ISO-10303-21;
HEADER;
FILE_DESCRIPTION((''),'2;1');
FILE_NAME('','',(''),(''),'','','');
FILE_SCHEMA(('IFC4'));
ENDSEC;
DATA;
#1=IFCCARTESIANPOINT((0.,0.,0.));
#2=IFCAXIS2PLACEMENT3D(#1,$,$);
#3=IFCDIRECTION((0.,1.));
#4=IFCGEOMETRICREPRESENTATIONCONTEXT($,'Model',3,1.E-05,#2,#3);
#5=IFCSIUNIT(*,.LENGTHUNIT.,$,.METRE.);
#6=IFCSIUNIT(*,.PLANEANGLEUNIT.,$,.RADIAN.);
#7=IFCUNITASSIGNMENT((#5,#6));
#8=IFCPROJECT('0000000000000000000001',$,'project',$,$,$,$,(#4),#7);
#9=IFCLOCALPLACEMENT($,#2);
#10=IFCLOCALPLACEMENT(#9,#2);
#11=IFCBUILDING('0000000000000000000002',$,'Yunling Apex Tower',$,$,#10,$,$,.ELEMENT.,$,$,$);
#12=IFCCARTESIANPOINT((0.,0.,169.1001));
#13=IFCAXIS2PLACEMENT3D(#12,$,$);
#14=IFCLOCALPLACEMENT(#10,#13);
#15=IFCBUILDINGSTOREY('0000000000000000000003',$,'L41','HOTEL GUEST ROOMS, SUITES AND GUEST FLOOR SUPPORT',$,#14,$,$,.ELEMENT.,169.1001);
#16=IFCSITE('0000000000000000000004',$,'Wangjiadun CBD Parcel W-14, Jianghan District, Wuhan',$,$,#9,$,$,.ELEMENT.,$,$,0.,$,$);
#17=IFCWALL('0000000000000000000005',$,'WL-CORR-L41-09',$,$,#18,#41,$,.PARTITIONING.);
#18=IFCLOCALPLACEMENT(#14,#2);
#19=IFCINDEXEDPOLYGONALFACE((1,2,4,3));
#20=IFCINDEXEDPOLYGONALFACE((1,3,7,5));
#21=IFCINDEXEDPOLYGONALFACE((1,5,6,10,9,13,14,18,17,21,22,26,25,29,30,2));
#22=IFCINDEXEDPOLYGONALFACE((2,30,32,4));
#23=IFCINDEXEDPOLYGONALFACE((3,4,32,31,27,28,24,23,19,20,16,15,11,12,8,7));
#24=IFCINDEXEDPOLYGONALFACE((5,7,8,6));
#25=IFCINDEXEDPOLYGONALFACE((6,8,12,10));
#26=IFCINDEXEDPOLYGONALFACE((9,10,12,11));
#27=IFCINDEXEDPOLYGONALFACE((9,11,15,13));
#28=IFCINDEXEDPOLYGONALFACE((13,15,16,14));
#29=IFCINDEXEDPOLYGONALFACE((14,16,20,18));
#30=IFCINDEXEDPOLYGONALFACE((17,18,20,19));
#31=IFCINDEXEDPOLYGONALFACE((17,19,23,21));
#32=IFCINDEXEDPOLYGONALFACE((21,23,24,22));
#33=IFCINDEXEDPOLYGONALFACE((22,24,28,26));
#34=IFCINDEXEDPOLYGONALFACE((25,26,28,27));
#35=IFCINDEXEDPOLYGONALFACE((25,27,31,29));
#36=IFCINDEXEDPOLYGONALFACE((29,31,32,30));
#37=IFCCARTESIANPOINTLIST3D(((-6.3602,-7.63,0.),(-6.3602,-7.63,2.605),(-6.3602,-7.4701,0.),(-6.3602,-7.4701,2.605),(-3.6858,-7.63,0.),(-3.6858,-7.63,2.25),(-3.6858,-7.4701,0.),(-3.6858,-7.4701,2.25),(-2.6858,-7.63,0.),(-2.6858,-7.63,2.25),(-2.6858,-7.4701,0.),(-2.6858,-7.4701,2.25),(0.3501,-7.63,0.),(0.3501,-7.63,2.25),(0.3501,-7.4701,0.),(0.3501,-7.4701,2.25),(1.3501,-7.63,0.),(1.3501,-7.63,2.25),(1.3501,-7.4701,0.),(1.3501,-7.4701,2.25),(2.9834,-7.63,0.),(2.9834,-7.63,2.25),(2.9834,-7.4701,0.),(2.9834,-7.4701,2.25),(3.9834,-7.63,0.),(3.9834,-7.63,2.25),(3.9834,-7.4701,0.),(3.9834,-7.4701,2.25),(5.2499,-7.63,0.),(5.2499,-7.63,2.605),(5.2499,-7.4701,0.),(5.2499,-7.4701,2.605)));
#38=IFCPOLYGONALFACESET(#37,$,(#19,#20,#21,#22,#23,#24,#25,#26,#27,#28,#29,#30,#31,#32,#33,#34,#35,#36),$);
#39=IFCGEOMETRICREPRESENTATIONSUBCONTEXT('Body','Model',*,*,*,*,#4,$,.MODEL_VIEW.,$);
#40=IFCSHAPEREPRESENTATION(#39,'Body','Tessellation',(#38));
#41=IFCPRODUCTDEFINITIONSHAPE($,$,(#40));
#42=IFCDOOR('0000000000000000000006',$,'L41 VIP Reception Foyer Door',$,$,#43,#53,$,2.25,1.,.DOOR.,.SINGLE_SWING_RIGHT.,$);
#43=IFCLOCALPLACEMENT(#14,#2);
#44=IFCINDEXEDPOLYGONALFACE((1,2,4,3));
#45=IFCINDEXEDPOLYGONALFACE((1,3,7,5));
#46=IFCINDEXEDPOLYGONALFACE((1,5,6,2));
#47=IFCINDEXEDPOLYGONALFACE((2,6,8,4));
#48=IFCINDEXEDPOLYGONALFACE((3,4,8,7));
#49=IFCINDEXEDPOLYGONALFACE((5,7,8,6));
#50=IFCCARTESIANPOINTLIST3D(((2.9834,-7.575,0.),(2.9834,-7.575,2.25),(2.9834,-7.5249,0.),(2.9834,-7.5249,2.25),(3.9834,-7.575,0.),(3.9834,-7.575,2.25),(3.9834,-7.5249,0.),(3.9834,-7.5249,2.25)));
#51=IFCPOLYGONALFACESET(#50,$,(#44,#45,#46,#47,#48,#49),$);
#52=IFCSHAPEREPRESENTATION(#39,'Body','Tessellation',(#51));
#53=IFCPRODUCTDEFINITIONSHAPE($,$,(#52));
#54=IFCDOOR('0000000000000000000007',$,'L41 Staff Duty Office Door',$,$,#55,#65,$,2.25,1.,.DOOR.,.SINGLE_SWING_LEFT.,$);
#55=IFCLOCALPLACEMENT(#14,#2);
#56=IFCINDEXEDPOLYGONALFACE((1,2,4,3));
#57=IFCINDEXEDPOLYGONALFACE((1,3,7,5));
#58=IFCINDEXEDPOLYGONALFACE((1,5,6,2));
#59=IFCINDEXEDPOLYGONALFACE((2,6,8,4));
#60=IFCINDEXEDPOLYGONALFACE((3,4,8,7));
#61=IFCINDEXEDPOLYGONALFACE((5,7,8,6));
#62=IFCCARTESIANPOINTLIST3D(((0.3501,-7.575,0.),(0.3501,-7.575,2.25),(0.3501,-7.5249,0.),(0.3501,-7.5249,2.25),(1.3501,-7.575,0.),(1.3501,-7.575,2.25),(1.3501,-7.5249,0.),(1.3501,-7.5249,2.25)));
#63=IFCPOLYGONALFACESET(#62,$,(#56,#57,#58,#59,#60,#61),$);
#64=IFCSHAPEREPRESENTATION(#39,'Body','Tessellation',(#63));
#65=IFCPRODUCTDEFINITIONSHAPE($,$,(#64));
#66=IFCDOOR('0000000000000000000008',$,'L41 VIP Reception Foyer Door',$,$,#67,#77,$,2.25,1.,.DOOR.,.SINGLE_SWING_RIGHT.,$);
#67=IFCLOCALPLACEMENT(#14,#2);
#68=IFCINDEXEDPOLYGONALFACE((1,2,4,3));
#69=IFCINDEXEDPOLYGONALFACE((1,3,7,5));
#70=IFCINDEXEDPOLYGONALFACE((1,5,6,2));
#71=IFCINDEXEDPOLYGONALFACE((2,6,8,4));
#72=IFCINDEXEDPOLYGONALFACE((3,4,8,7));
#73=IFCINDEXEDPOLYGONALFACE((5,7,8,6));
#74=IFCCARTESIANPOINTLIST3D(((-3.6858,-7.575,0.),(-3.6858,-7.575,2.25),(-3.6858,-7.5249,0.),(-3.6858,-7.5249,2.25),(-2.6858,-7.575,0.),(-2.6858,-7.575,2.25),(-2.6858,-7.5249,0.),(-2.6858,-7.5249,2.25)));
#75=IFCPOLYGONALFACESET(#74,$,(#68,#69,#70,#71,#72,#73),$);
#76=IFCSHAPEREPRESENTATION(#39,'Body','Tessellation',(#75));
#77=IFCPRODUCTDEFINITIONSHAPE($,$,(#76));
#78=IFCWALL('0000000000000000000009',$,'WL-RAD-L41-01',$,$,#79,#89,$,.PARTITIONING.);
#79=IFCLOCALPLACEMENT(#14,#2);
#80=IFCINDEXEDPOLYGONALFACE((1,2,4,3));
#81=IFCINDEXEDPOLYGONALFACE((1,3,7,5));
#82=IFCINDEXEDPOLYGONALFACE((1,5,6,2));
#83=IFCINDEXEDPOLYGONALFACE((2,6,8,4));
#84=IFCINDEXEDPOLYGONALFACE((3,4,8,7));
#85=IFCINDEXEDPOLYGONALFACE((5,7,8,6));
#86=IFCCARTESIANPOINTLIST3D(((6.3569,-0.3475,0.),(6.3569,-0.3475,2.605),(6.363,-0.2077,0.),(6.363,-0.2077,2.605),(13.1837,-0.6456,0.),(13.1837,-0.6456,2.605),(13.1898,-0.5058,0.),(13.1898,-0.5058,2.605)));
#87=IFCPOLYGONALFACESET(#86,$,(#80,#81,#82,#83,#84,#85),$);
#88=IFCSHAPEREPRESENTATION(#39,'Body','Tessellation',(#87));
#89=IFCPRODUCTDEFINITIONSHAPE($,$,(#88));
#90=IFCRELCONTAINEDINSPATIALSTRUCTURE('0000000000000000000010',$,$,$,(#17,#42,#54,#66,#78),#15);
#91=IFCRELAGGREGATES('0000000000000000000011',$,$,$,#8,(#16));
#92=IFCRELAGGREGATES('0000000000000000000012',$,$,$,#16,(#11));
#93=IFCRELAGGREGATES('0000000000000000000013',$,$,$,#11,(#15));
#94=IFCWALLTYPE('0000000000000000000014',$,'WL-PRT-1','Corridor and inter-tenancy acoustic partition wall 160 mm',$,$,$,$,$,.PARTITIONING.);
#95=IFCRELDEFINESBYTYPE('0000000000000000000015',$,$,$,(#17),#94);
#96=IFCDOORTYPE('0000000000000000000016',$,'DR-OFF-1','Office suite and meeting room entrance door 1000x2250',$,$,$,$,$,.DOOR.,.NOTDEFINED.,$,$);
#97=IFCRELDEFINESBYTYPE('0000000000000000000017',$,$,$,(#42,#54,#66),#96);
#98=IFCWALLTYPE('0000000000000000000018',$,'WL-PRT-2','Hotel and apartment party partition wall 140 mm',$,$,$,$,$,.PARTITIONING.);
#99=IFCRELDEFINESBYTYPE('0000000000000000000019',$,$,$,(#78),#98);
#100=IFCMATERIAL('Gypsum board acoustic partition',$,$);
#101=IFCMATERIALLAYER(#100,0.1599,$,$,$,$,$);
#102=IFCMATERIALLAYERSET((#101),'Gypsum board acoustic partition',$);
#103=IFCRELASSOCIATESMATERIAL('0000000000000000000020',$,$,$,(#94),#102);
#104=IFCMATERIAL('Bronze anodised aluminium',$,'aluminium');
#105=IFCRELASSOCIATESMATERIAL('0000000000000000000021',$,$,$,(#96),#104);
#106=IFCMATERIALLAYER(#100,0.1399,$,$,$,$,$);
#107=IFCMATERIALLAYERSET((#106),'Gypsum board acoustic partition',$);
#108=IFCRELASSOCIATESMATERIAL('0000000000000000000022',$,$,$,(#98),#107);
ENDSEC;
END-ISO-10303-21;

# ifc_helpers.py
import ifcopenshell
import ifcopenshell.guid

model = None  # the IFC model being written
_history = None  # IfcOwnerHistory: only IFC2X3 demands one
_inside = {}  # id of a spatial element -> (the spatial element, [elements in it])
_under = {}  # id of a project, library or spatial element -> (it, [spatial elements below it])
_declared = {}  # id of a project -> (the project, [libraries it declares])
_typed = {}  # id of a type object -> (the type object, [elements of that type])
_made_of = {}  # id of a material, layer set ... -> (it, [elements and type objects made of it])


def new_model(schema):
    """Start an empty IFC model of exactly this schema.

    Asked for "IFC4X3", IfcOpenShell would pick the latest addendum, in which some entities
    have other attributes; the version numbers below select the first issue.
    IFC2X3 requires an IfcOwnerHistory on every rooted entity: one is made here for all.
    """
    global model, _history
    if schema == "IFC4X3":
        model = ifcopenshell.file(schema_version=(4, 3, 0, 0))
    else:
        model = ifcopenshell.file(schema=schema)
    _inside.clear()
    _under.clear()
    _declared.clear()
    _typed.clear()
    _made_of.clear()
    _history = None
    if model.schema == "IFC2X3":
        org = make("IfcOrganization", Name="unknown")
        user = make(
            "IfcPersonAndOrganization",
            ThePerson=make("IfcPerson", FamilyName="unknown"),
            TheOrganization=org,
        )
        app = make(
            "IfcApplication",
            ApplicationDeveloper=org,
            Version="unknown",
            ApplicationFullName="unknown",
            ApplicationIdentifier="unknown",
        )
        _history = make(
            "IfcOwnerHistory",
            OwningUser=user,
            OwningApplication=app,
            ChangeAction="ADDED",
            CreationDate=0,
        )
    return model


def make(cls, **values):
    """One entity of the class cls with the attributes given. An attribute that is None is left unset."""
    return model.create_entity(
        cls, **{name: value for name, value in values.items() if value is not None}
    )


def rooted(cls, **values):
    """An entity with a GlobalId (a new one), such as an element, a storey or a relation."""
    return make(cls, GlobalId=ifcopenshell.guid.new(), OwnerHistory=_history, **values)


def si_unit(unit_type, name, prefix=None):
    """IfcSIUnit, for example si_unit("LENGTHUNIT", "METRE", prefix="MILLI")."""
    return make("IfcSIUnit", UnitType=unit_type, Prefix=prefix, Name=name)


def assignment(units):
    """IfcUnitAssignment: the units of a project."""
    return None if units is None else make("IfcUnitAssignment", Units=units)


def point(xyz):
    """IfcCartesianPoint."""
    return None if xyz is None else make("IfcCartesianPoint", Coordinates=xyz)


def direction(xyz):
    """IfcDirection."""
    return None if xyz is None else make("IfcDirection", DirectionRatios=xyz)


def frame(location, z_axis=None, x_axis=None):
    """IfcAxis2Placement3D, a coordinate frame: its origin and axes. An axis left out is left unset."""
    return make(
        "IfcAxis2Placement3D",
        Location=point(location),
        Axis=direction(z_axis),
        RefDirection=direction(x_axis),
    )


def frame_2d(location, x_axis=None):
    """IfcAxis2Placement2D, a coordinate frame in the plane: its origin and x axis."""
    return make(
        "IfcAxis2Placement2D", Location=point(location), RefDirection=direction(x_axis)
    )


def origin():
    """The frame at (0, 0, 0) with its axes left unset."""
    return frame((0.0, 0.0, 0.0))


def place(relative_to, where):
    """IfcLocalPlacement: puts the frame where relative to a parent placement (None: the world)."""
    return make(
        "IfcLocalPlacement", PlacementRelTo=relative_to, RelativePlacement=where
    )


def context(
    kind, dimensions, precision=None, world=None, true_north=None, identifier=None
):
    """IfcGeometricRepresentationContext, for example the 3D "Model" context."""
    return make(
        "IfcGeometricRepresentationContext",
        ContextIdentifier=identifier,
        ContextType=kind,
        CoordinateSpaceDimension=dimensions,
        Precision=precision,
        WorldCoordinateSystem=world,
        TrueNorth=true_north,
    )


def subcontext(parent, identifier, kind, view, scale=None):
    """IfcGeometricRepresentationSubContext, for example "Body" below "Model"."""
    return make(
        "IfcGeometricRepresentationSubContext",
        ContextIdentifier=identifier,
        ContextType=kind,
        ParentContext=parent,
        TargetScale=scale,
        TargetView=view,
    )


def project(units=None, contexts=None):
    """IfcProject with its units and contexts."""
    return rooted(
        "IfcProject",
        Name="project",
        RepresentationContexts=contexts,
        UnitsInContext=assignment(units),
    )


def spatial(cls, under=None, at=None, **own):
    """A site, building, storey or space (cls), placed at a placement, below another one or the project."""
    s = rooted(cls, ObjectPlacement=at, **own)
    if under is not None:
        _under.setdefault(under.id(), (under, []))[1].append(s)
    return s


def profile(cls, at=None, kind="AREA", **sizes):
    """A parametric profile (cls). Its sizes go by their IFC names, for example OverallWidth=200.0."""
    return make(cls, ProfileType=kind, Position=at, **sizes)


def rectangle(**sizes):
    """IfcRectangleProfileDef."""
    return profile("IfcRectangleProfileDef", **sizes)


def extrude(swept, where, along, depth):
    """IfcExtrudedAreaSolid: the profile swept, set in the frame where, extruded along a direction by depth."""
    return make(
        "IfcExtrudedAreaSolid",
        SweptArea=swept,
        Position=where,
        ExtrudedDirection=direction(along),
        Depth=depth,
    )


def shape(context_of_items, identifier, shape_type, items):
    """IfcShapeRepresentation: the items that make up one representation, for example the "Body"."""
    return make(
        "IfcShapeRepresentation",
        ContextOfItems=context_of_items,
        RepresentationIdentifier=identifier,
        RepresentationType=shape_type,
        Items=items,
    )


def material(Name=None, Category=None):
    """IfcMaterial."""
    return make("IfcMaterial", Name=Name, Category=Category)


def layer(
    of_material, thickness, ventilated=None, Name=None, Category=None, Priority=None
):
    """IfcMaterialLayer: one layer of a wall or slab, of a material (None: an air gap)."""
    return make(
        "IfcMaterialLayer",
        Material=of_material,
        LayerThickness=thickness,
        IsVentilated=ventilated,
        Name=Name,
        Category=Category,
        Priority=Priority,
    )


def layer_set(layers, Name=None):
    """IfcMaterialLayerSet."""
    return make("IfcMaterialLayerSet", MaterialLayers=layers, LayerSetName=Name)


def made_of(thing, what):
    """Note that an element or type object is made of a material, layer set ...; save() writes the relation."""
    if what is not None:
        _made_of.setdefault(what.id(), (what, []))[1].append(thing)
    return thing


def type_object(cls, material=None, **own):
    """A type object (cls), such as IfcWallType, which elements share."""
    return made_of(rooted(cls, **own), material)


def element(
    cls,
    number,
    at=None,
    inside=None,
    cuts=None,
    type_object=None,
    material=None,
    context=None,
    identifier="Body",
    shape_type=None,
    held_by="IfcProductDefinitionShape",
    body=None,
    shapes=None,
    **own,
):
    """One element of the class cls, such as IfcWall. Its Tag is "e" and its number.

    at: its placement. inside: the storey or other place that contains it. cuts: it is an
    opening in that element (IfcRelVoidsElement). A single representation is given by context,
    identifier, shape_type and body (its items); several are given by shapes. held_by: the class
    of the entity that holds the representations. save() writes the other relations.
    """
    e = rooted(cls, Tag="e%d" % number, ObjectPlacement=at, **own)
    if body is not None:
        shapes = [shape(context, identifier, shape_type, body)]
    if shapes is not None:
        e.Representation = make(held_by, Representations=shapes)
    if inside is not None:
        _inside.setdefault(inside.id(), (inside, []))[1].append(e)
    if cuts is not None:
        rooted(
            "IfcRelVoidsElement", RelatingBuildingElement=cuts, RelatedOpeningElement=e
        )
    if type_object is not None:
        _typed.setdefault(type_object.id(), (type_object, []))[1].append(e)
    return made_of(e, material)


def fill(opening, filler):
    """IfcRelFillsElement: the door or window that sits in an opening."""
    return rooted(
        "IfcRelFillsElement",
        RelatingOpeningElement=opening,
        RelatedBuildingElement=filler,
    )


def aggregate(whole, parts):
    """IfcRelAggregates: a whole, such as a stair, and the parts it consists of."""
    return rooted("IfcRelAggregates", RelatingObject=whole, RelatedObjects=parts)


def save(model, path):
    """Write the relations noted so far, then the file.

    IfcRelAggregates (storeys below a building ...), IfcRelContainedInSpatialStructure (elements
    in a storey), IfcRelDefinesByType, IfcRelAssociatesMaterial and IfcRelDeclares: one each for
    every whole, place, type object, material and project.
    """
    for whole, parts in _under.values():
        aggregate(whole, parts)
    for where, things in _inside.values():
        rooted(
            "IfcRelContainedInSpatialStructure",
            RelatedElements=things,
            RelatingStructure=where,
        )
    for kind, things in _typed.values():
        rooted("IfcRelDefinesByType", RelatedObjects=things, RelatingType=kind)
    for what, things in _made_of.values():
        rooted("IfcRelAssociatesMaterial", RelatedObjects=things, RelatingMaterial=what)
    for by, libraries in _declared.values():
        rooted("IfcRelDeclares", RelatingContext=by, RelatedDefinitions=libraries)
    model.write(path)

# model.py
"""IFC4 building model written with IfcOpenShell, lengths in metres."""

from ifc_helpers import new_model, si_unit, direction, frame, frame_2d, origin, place, context, subcontext, project, spatial, rectangle, extrude, material, layer, layer_set, type_object, element, fill, save


model = new_model("IFC4")

# Units and contexts
model_context = context("Model", 3, precision=1e-05, world=origin(), true_north=direction((0.0, 1.0)))
body_context = subcontext(model_context, "Body", "Model", "MODEL_VIEW")
ifc_project = project(units=[si_unit("LENGTHUNIT", "METRE"), si_unit("PLANEANGLEUNIT", "RADIAN")], contexts=[model_context])

# Site, building, storey
site_placement = place(None, origin())
site = spatial("IfcSite", under=ifc_project, at=site_placement, Name="Wangjiadun CBD Parcel W-14, Jianghan District, Wuhan", CompositionType="ELEMENT", RefElevation=0.0)
building_placement = place(site_placement, origin())
building = spatial("IfcBuilding", under=site, at=building_placement, Name="Yunling Apex Tower", CompositionType="ELEMENT")
storey_placement = place(building_placement, frame((0.0, 0.0, 169.1001)))
storey = spatial("IfcBuildingStorey", under=building, at=storey_placement, Name="L41", Description="HOTEL GUEST ROOMS, SUITES AND GUEST FLOOR SUPPORT", CompositionType="ELEMENT", Elevation=169.1001)

# Shared definitions
ifc_material_1 = material(Name="Bronze anodised aluminium", Category="aluminium")

# Shared definitions
ifc_material_2 = material(Name="Gypsum board acoustic partition")
ifc_layer_1 = layer(ifc_material_2, 0.1599)
ifc_layer_set_1 = layer_set([ifc_layer_1], Name="Gypsum board acoustic partition")
wall_type_1 = type_object("IfcWallType", Name="WL-PRT-1", Description="Corridor and inter-tenancy acoustic partition wall 160 mm", PredefinedType="PARTITIONING", material=ifc_layer_set_1)

# Wall, openings, doors
wall_1_placement = place(storey_placement, frame((5.25, -7.55, 0.0), z_axis=(0.0, 0.0, 1.0), x_axis=(-1.0, 0.0, 0.0)))
wall_1 = element("IfcWall", 1, at=wall_1_placement, inside=storey, type_object=wall_type_1, Name="WL-CORR-L41-09", PredefinedType="PARTITIONING", context=body_context, shape_type="SweptSolid", body=[
    extrude(rectangle(XDim=11.6101, YDim=0.1599, at=frame_2d((5.8052, 0.0))), origin(), (0.0, 0.0, 1.0), 2.605),
])
opening_1_placement = place(wall_1_placement, frame((1.2666, 0.0, 0.0)))
opening_1 = element("IfcOpeningElement", 2, at=opening_1_placement, cuts=wall_1, PredefinedType="OPENING", context=body_context, shape_type="SweptSolid", body=[
    extrude(rectangle(XDim=1.0, YDim=2.25, at=frame_2d((0.5, 1.125))), frame((0.0, 0.0898, 0.0), z_axis=(0.0, -1.0, 0.0), x_axis=(1.0, 0.0, 0.0)), (0.0, 0.0, 1.0), 0.1799),
])
opening_2_placement = place(wall_1_placement, frame((3.8999, 0.0, 0.0)))
opening_2 = element("IfcOpeningElement", 3, at=opening_2_placement, cuts=wall_1, PredefinedType="OPENING", context=body_context, shape_type="SweptSolid", body=[
    extrude(rectangle(XDim=1.0, YDim=2.25, at=frame_2d((0.5, 1.125))), frame((0.0, 0.0898, 0.0), z_axis=(0.0, -1.0, 0.0), x_axis=(1.0, 0.0, 0.0)), (0.0, 0.0, 1.0), 0.1799),
])
opening_3_placement = place(wall_1_placement, frame((7.9358, 0.0, 0.0)))
opening_3 = element("IfcOpeningElement", 4, at=opening_3_placement, cuts=wall_1, PredefinedType="OPENING", context=body_context, shape_type="SweptSolid", body=[
    extrude(rectangle(XDim=1.0, YDim=2.25, at=frame_2d((0.5, 1.125))), frame((0.0, 0.0898, 0.0), z_axis=(0.0, -1.0, 0.0), x_axis=(1.0, 0.0, 0.0)), (0.0, 0.0, 1.0), 0.1799),
])
door_type = type_object("IfcDoorType", Name="DR-OFF-1", Description="Office suite and meeting room entrance door 1000x2250", OperationType="NOTDEFINED", PredefinedType="DOOR", material=ifc_material_1)
door_1_placement = place(opening_1_placement, origin())
door_1 = element("IfcDoor", 5, at=door_1_placement, inside=storey, type_object=door_type, Name="L41 VIP Reception Foyer Door", OperationType="SINGLE_SWING_RIGHT", OverallHeight=2.25, OverallWidth=1.0, PredefinedType="DOOR", context=body_context, shape_type="SweptSolid", body=[
    extrude(rectangle(XDim=1.0, YDim=2.25, at=frame_2d((0.5, 1.125))), frame((0.0, 0.0249, 0.0), z_axis=(0.0, -1.0, 0.0), x_axis=(1.0, 0.0, 0.0)), (0.0, 0.0, 1.0), 0.05),
])
fill(opening_1, door_1)
door_2_placement = place(opening_2_placement, origin())
door_2 = element("IfcDoor", 6, at=door_2_placement, inside=storey, type_object=door_type, Name="L41 Staff Duty Office Door", OperationType="SINGLE_SWING_LEFT", OverallHeight=2.25, OverallWidth=1.0, PredefinedType="DOOR", context=body_context, shape_type="SweptSolid", body=[
    extrude(rectangle(XDim=1.0, YDim=2.25, at=frame_2d((0.5, 1.125))), frame((0.0, 0.0249, 0.0), z_axis=(0.0, -1.0, 0.0), x_axis=(1.0, 0.0, 0.0)), (0.0, 0.0, 1.0), 0.05),
])
fill(opening_2, door_2)
door_3_placement = place(opening_3_placement, origin())
door_3 = element("IfcDoor", 7, at=door_3_placement, inside=storey, type_object=door_type, Name="L41 VIP Reception Foyer Door", OperationType="SINGLE_SWING_RIGHT", OverallHeight=2.25, OverallWidth=1.0, PredefinedType="DOOR", context=body_context, shape_type="SweptSolid", body=[
    extrude(rectangle(XDim=1.0, YDim=2.25, at=frame_2d((0.5, 1.125))), frame((0.0, 0.0249, 0.0), z_axis=(0.0, -1.0, 0.0), x_axis=(1.0, 0.0, 0.0)), (0.0, 0.0, 1.0), 0.05),
])
fill(opening_3, door_3)

# Wall
ifc_layer_2 = layer(ifc_material_2, 0.1399)
ifc_layer_set_2 = layer_set([ifc_layer_2], Name="Gypsum board acoustic partition")
wall_type_2 = type_object("IfcWallType", Name="WL-PRT-2", Description="Hotel and apartment party partition wall 140 mm", PredefinedType="PARTITIONING", material=ifc_layer_set_2)
wall_2_placement = place(storey_placement, frame((6.3601, -0.2776, 0.0), z_axis=(0.0, 0.0, 1.0), x_axis=(0.999048, -0.043625, 0.0)))
element("IfcWall", 8, at=wall_2_placement, inside=storey, type_object=wall_type_2, Name="WL-RAD-L41-01", PredefinedType="PARTITIONING", context=body_context, shape_type="SweptSolid", body=[
    extrude(rectangle(XDim=6.8333, YDim=0.1399, at=frame_2d((3.4165, 0.0))), origin(), (0.0, 0.0, 1.0), 2.605),
])

save(model, "model.ifc")
